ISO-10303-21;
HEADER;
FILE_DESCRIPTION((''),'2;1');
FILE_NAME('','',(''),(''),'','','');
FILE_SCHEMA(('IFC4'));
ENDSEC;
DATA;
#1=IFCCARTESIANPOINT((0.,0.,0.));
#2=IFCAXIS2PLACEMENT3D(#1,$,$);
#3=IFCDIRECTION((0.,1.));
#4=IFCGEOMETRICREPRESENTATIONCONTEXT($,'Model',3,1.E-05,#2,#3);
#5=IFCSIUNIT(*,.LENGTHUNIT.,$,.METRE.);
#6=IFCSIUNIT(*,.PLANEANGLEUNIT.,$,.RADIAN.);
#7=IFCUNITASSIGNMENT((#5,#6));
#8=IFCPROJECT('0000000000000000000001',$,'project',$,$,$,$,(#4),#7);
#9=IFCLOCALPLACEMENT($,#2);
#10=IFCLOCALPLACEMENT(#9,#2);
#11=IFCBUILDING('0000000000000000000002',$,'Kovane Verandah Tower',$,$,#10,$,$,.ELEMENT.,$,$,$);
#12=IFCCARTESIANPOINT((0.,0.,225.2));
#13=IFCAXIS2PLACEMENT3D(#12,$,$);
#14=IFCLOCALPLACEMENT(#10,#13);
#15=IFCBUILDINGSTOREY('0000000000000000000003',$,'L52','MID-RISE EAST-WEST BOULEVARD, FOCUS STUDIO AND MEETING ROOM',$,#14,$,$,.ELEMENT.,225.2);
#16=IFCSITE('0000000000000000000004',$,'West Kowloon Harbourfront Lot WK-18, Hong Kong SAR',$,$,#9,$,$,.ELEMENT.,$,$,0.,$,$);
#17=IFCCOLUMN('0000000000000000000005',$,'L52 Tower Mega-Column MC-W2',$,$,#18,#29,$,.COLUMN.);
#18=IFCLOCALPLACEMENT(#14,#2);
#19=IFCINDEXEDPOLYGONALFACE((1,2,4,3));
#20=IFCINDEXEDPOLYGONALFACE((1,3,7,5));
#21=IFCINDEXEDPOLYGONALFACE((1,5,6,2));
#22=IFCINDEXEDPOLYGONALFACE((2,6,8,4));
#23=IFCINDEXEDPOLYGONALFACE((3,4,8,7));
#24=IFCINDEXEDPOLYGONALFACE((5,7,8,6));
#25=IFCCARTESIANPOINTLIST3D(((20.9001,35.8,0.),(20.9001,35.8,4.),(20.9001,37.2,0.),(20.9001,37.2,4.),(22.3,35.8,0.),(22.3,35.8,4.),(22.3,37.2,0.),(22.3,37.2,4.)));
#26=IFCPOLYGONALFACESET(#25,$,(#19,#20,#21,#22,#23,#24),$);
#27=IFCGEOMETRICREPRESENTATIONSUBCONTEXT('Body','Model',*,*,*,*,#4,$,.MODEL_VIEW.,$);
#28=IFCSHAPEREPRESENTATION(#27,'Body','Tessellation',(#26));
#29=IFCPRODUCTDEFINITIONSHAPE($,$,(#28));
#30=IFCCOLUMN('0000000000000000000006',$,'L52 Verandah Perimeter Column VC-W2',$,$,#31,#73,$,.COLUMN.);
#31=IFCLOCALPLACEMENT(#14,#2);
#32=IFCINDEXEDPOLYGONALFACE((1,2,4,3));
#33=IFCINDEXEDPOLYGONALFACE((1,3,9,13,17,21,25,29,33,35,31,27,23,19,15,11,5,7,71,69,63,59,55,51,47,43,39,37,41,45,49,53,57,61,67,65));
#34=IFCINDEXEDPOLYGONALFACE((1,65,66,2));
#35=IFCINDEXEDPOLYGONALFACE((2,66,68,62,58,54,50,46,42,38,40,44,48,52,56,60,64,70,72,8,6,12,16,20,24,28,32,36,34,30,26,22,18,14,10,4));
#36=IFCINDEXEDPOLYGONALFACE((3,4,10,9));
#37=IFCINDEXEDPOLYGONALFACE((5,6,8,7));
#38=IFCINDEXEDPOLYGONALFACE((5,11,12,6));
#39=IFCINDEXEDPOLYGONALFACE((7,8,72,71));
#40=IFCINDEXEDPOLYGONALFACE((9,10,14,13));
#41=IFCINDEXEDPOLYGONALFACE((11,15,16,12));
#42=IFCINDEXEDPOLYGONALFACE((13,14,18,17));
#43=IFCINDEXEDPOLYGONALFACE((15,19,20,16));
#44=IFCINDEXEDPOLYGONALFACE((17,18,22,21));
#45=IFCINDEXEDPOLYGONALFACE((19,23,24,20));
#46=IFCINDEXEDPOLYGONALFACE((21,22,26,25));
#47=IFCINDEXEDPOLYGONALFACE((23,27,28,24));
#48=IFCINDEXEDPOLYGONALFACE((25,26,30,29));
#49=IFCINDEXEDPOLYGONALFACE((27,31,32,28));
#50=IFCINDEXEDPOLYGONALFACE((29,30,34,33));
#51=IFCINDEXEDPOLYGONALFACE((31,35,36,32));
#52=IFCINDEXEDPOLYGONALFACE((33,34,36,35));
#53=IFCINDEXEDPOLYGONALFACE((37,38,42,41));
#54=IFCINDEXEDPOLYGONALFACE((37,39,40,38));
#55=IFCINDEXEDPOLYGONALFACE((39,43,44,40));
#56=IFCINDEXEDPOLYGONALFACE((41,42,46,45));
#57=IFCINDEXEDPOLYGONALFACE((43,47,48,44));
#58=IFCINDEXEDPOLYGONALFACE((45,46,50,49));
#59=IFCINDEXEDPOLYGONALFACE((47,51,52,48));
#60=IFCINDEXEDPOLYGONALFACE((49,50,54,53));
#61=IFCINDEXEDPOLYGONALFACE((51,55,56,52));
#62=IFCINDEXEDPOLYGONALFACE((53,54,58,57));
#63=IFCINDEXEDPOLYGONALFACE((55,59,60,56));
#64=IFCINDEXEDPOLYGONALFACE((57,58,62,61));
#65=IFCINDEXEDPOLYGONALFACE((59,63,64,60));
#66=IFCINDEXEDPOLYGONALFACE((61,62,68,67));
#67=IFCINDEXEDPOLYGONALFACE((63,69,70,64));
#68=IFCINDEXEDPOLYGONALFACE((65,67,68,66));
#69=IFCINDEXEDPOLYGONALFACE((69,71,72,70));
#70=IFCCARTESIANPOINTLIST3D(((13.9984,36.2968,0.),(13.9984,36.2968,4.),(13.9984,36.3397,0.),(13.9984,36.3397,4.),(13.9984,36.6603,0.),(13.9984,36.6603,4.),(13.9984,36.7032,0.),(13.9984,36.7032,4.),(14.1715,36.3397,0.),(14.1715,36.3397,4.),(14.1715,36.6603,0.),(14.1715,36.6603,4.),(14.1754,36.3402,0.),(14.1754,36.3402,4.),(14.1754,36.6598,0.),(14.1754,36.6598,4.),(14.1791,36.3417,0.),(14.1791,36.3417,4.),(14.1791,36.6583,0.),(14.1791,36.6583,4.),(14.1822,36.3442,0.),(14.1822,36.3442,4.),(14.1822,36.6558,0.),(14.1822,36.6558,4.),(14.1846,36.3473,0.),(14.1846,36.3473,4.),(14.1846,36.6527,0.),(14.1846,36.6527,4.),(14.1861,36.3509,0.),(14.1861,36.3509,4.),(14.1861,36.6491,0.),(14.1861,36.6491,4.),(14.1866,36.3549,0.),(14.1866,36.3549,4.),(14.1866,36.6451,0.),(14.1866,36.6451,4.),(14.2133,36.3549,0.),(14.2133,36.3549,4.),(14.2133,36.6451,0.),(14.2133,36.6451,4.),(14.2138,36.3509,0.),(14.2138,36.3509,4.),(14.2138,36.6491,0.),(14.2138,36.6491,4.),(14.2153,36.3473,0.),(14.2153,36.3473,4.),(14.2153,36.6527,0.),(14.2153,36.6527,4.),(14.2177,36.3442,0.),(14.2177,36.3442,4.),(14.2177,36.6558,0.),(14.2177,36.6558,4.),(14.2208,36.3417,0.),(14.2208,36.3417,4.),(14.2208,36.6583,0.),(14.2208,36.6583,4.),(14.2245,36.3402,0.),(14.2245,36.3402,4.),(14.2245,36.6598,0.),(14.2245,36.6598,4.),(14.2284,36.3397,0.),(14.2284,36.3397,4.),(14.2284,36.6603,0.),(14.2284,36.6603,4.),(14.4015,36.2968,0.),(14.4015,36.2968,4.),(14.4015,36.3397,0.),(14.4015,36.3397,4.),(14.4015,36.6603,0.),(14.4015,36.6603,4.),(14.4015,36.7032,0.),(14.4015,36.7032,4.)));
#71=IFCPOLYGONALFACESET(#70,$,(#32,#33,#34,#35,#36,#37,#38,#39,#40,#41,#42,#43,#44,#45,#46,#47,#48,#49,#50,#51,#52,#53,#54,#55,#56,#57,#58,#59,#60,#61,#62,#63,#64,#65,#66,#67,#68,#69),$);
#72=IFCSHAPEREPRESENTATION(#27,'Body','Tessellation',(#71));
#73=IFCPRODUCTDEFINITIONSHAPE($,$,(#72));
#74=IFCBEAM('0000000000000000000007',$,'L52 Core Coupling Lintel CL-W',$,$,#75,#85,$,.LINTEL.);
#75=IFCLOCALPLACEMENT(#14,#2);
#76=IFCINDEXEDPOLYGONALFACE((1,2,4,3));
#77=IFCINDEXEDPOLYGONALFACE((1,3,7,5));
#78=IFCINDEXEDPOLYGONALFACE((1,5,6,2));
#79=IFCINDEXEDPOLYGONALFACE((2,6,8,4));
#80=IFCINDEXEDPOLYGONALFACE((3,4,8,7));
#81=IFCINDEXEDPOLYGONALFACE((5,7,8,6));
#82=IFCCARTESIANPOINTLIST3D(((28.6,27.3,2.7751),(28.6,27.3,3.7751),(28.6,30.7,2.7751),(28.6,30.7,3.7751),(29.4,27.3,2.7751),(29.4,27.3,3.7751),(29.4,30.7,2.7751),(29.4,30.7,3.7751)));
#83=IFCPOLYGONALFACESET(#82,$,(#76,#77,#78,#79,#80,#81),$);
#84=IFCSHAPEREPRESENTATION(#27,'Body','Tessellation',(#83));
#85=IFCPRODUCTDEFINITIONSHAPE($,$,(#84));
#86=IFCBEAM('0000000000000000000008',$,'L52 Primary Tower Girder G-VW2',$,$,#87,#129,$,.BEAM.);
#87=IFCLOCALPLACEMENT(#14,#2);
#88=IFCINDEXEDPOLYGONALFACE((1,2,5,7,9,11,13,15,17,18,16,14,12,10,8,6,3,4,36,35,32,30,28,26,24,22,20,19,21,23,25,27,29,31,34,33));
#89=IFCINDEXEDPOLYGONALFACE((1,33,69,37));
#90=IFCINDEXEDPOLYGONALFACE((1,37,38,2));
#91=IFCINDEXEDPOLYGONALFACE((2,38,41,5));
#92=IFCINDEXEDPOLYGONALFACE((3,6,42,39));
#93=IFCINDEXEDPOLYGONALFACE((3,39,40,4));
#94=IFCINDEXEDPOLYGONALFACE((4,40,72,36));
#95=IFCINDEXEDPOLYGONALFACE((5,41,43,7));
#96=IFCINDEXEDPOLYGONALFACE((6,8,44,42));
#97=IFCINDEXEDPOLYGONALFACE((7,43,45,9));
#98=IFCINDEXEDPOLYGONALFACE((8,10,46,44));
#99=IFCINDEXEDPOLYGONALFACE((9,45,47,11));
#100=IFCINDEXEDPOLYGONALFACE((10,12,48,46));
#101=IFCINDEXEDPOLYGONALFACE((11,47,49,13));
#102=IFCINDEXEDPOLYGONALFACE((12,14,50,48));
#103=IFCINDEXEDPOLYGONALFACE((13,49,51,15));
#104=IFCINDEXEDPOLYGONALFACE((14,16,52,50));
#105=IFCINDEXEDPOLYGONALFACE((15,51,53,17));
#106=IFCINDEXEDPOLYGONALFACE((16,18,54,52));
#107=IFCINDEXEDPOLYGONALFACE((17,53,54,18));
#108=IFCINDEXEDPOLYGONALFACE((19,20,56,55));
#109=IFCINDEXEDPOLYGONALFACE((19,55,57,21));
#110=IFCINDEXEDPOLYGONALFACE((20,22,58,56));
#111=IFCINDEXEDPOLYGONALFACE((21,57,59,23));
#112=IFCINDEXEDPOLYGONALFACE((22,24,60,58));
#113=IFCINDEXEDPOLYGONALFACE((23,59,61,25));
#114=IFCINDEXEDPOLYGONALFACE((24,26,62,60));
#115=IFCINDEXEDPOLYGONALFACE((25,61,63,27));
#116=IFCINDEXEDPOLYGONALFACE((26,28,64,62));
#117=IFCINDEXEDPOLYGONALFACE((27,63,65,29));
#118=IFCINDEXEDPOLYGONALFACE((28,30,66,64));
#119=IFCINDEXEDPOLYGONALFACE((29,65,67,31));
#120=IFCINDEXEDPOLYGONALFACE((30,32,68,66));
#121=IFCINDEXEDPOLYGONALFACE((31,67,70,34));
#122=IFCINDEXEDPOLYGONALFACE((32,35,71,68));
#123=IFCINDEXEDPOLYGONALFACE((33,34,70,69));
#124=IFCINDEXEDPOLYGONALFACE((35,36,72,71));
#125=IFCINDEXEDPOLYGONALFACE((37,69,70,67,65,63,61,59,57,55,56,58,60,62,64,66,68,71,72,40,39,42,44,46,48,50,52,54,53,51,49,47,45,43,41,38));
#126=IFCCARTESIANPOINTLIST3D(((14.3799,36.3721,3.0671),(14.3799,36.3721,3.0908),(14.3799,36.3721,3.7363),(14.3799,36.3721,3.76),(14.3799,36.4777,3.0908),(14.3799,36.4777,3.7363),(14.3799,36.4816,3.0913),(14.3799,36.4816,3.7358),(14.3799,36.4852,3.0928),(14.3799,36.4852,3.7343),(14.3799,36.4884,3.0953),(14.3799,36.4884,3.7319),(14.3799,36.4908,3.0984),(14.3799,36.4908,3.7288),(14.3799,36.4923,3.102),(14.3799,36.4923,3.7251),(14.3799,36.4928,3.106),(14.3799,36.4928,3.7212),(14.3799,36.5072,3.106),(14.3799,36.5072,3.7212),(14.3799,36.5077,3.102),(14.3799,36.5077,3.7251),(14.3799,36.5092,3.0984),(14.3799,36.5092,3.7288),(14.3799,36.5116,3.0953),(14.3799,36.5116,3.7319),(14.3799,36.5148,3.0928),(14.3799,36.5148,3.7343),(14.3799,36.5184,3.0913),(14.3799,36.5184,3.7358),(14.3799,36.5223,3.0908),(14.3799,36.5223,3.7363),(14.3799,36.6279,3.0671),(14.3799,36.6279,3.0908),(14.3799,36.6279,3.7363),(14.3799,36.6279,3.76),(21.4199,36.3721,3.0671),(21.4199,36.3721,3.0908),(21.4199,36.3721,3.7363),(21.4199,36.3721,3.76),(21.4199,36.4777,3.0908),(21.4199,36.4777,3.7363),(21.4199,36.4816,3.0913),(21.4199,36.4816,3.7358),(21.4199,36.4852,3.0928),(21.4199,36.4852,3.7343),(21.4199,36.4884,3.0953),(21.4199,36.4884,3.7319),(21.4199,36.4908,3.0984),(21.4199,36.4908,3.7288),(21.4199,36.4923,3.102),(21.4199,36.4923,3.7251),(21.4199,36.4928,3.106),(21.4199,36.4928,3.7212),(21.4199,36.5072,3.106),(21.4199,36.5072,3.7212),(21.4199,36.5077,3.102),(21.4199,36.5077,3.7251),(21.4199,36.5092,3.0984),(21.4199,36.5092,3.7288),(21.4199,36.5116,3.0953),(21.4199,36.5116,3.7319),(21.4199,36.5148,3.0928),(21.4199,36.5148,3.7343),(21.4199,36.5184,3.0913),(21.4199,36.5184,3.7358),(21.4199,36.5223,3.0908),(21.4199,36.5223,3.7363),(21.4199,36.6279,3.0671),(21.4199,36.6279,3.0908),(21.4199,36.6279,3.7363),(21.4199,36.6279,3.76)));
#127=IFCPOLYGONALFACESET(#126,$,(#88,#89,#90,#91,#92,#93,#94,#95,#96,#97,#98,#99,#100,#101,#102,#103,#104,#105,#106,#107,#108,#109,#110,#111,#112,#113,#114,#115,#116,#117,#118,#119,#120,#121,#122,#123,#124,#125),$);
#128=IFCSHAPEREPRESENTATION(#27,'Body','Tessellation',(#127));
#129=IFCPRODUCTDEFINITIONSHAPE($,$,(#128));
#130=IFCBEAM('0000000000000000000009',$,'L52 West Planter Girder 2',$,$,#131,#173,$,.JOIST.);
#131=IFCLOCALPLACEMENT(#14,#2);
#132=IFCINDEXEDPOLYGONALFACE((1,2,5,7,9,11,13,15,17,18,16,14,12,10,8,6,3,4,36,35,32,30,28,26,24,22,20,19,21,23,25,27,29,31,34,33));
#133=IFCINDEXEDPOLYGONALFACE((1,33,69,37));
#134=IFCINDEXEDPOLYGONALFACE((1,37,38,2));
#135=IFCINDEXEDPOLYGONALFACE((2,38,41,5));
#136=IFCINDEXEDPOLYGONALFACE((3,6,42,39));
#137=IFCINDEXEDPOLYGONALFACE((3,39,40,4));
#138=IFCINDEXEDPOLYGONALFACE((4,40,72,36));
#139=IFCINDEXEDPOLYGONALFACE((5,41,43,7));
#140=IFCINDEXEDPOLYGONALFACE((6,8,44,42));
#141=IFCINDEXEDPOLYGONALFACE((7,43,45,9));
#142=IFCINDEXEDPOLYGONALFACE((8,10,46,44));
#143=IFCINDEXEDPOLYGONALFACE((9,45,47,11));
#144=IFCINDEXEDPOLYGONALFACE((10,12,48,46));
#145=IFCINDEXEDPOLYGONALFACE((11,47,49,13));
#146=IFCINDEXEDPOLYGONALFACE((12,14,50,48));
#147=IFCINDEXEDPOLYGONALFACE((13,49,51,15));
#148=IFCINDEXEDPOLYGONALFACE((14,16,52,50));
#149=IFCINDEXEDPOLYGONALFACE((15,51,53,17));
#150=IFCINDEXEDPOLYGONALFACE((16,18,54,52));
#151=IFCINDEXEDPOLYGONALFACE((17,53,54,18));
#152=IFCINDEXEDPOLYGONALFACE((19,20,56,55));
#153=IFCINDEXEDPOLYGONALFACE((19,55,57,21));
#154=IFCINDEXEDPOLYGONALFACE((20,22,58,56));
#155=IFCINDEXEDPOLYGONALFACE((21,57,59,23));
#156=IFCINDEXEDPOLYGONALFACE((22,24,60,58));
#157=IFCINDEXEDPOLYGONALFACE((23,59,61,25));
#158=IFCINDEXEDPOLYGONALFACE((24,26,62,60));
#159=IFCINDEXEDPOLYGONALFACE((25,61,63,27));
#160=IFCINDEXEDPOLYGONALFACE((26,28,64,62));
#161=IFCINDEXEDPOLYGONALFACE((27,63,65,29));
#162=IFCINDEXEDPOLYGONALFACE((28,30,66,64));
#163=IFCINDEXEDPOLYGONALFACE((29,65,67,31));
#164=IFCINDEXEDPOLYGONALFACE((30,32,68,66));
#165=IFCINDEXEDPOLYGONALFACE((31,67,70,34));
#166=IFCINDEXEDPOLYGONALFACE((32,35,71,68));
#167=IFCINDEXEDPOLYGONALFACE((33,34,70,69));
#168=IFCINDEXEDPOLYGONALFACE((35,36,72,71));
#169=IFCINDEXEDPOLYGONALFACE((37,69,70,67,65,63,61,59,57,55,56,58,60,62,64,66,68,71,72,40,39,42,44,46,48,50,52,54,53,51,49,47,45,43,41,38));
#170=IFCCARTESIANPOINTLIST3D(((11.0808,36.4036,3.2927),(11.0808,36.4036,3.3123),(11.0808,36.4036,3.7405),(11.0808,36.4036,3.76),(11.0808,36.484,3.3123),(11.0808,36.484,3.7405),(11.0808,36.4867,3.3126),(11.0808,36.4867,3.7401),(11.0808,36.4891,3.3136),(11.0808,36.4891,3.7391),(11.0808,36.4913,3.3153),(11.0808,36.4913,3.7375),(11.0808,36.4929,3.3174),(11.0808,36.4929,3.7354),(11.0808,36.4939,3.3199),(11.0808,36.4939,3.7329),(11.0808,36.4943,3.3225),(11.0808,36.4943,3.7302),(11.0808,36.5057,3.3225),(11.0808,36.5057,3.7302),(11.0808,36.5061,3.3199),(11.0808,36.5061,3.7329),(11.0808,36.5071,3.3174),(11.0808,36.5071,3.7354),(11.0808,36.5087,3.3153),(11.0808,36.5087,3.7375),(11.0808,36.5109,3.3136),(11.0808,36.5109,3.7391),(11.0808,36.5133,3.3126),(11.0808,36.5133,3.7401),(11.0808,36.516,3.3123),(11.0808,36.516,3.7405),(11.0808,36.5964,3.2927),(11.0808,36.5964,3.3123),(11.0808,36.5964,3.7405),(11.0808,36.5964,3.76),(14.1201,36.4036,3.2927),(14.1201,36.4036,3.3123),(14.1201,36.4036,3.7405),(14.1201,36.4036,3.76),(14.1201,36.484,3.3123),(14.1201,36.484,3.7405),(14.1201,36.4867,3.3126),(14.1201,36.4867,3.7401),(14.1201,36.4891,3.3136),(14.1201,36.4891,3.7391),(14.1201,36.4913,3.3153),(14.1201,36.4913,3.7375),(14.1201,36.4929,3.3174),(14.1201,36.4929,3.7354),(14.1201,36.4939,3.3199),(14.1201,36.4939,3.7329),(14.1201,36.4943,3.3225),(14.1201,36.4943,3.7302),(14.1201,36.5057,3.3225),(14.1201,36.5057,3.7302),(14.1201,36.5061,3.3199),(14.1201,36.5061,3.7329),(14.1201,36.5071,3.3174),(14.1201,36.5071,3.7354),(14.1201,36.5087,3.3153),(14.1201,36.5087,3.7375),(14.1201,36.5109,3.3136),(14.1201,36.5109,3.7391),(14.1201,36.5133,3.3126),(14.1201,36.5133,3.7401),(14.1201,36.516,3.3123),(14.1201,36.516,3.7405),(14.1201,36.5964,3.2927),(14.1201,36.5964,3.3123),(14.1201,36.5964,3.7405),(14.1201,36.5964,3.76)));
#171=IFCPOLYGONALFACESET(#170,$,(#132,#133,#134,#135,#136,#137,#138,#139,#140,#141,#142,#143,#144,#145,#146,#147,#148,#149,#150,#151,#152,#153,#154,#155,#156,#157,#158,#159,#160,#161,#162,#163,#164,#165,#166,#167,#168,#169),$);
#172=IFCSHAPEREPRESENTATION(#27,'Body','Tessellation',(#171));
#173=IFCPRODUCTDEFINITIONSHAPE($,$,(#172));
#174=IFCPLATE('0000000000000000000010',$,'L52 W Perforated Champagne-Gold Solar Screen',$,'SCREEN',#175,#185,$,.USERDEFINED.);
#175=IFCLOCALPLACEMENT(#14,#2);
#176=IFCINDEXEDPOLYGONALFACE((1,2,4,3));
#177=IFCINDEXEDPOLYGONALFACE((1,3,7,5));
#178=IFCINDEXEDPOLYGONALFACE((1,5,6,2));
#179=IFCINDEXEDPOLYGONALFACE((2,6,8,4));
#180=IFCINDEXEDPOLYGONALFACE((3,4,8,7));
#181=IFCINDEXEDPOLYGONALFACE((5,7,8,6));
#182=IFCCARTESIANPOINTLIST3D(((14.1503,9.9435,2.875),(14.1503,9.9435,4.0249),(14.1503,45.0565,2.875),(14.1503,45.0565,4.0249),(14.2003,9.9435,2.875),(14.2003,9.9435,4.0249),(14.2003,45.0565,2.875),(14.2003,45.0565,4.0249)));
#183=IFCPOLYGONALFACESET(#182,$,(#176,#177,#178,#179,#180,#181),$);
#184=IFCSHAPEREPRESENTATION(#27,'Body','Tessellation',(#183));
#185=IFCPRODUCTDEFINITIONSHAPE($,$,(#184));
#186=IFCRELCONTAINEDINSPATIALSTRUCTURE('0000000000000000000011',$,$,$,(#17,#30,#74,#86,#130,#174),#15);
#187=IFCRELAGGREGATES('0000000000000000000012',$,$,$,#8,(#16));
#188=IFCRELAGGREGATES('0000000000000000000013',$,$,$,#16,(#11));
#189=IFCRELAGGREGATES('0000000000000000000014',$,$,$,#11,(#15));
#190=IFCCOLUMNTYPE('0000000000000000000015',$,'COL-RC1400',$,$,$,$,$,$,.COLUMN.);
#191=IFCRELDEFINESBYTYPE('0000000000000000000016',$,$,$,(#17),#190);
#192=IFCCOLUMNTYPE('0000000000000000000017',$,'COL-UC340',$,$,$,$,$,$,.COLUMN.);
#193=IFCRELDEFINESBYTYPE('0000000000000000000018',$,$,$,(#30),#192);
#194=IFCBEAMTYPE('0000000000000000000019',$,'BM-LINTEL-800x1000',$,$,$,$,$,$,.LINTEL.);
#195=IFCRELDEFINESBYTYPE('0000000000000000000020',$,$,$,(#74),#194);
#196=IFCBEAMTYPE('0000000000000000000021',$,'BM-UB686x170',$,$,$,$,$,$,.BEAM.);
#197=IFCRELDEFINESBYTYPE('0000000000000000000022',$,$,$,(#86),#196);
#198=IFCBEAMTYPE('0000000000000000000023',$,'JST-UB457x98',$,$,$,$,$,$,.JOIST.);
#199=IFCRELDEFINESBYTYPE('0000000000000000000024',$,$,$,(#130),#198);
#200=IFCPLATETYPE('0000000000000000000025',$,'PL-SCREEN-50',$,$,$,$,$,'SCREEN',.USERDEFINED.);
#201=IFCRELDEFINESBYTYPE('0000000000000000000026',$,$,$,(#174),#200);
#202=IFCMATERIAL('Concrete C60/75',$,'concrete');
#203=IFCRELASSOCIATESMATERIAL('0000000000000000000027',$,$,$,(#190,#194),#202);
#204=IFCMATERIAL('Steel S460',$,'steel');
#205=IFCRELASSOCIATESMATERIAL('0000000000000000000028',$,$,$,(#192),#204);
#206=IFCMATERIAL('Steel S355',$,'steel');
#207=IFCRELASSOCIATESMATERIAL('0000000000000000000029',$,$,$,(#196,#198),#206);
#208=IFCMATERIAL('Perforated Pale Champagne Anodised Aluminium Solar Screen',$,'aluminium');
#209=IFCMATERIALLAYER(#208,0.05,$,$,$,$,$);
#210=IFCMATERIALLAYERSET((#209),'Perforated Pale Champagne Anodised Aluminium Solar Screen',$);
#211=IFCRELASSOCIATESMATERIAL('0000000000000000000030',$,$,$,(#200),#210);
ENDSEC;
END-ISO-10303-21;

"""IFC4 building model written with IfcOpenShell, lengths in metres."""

from ifc_helpers import new_model, si_unit, direction, frame, origin, origin_2d, place, context, subcontext, project, spatial, rectangle, i_section, extrude, material, layer, layer_set, material_profile, profile_set, type_object, element, save


model = new_model("IFC4")

# Units and contexts
model_context = context("Model", 3, precision=1e-05, world=origin(), true_north=direction((0.0, 1.0)))
body_context = subcontext(model_context, "Body", "Model", "MODEL_VIEW")
ifc_project = project(units=[si_unit("LENGTHUNIT", "METRE"), si_unit("PLANEANGLEUNIT", "RADIAN")], contexts=[model_context])

# Site, building, storey
site_placement = place(None, origin())
site = spatial("IfcSite", under=ifc_project, at=site_placement, Name="West Kowloon Harbourfront Lot WK-18, Hong Kong SAR", CompositionType="ELEMENT", RefElevation=0.0)
building_placement = place(site_placement, origin())
building = spatial("IfcBuilding", under=site, at=building_placement, Name="Kovane Verandah Tower", CompositionType="ELEMENT")
storey_placement = place(building_placement, frame((0.0, 0.0, 225.2)))
storey = spatial("IfcBuildingStorey", under=building, at=storey_placement, Name="L52", Description="MID-RISE EAST-WEST BOULEVARD, FOCUS STUDIO AND MEETING ROOM", CompositionType="ELEMENT", Elevation=225.2)

# Columns
ifc_material_1 = material(Name="Concrete C60/75", Category="concrete")
ifc_material_profile_1 = material_profile(ifc_material_1, rectangle(XDim=1.3999, YDim=1.3999, at=origin_2d()), Name="RC1400x1400")
ifc_profile_set_1 = profile_set([ifc_material_profile_1], Name="Concrete C60/75")
column_type_1 = type_object("IfcColumnType", Name="COL-RC1400", PredefinedType="COLUMN", material=ifc_profile_set_1)
column_1_placement = place(storey_placement, frame((21.6001, 36.5, 0.0), z_axis=(0.0, 0.0, 1.0), x_axis=(1.0, 0.0, 0.0)))
element("IfcColumn", 1, at=column_1_placement, inside=storey, type_object=column_type_1, Name="L52 Tower Mega-Column MC-W2", PredefinedType="COLUMN", context=body_context, shape_type="SweptSolid", body=[
    extrude(rectangle(XDim=1.3999, YDim=1.3999, at=origin_2d()), origin(), (0.0, 0.0, 1.0), 4.0),
])
ifc_material_2 = material(Name="Steel S460", Category="steel")
ifc_material_profile_2 = material_profile(ifc_material_2, i_section(OverallWidth=0.4031, OverallDepth=0.4065, WebThickness=0.0266, FlangeThickness=0.043, FilletRadius=0.0151, at=origin_2d()), Name="UC356x406x340")
ifc_profile_set_2 = profile_set([ifc_material_profile_2], Name="Steel S460")
column_type_2 = type_object("IfcColumnType", Name="COL-UC340", PredefinedType="COLUMN", material=ifc_profile_set_2)
column_2_placement = place(storey_placement, frame((14.2, 36.5, 0.0), z_axis=(0.0, 0.0, 1.0), x_axis=(1.0, 0.0, 0.0)))
element("IfcColumn", 2, at=column_2_placement, inside=storey, type_object=column_type_2, Name="L52 Verandah Perimeter Column VC-W2", PredefinedType="COLUMN", context=body_context, shape_type="SweptSolid", body=[
    extrude(i_section(OverallWidth=0.4031, OverallDepth=0.4065, WebThickness=0.0266, FlangeThickness=0.043, FilletRadius=0.0151, at=origin_2d()), origin(), (0.0, 0.0, 1.0), 4.0),
])

# Beams
ifc_material_profile_3 = material_profile(ifc_material_1, rectangle(XDim=0.8, YDim=1.0, at=origin_2d()), Name="RCB800x1000")
ifc_profile_set_3 = profile_set([ifc_material_profile_3], Name="Concrete C60/75")
beam_type_1 = type_object("IfcBeamType", Name="BM-LINTEL-800x1000", PredefinedType="LINTEL", material=ifc_profile_set_3)
beam_1_placement = place(storey_placement, frame((29.0, 27.3, 3.2751), z_axis=(0.0, 1.0, 0.0), x_axis=(-1.0, 0.0, 0.0)))
element("IfcBeam", 3, at=beam_1_placement, inside=storey, type_object=beam_type_1, Name="L52 Core Coupling Lintel CL-W", PredefinedType="LINTEL", context=body_context, shape_type="SweptSolid", body=[
    extrude(rectangle(XDim=0.8, YDim=1.0, at=origin_2d()), origin(), (0.0, 0.0, 1.0), 3.3999),
])
ifc_material_3 = material(Name="Steel S355", Category="steel")
ifc_material_profile_4 = material_profile(ifc_material_3, i_section(OverallWidth=0.2559, OverallDepth=0.6929, WebThickness=0.0144, FlangeThickness=0.0237, FilletRadius=0.0151, at=origin_2d()), Name="UB686x254x170")
ifc_profile_set_4 = profile_set([ifc_material_profile_4], Name="Steel S355")
beam_type_2 = type_object("IfcBeamType", Name="BM-UB686x170", PredefinedType="BEAM", material=ifc_profile_set_4)
beam_2_placement = place(storey_placement, frame((21.4199, 36.5, 3.4136), z_axis=(-1.0, 0.0, 0.0), x_axis=(0.0, -1.0, 0.0)))
element("IfcBeam", 4, at=beam_2_placement, inside=storey, type_object=beam_type_2, Name="L52 Primary Tower Girder G-VW2", PredefinedType="BEAM", context=body_context, shape_type="SweptSolid", body=[
    extrude(i_section(OverallWidth=0.2559, OverallDepth=0.6929, WebThickness=0.0144, FlangeThickness=0.0237, FilletRadius=0.0151, at=origin_2d()), origin(), (0.0, 0.0, 1.0), 7.04),
])
ifc_material_profile_5 = material_profile(ifc_material_3, i_section(OverallWidth=0.1929, OverallDepth=0.4673, WebThickness=0.0115, FlangeThickness=0.0195, FilletRadius=0.0103, at=origin_2d()), Name="UB457x191x98")
ifc_profile_set_5 = profile_set([ifc_material_profile_5], Name="Steel S355")
beam_type_3 = type_object("IfcBeamType", Name="JST-UB457x98", PredefinedType="JOIST", material=ifc_profile_set_5)
beam_3_placement = place(storey_placement, frame((14.1201, 36.5, 3.5264), z_axis=(-1.0, 0.0, 0.0), x_axis=(0.0, -1.0, 0.0)))
element("IfcBeam", 5, at=beam_3_placement, inside=storey, type_object=beam_type_3, Name="L52 West Planter Girder 2", PredefinedType="JOIST", context=body_context, shape_type="SweptSolid", body=[
    extrude(i_section(OverallWidth=0.1929, OverallDepth=0.4673, WebThickness=0.0115, FlangeThickness=0.0195, FilletRadius=0.0103, at=origin_2d()), origin(), (0.0, 0.0, 1.0), 3.0393),
])

# Plate
ifc_material_4 = material(Name="Perforated Pale Champagne Anodised Aluminium Solar Screen", Category="aluminium")
ifc_layer_1 = layer(ifc_material_4, 0.05)
ifc_layer_set_1 = layer_set([ifc_layer_1], Name="Perforated Pale Champagne Anodised Aluminium Solar Screen")
plate_type_1 = type_object("IfcPlateType", Name="PL-SCREEN-50", ElementType="SCREEN", PredefinedType="USERDEFINED", material=ifc_layer_set_1)
plate_1_placement = place(storey_placement, frame((14.1753, 27.5, 2.875), z_axis=(0.0, 0.0, 1.0), x_axis=(0.0, -1.0, 0.0)))
element("IfcPlate", 6, at=plate_1_placement, inside=storey, type_object=plate_type_1, Name="L52 W Perforated Champagne-Gold Solar Screen", ObjectType="SCREEN", PredefinedType="USERDEFINED", context=body_context, shape_type="SweptSolid", body=[
    extrude(rectangle(XDim=35.113, YDim=0.05, at=origin_2d()), origin(), (0.0, 0.0, 1.0), 1.1499),
])

save(model, "model.ifc")
